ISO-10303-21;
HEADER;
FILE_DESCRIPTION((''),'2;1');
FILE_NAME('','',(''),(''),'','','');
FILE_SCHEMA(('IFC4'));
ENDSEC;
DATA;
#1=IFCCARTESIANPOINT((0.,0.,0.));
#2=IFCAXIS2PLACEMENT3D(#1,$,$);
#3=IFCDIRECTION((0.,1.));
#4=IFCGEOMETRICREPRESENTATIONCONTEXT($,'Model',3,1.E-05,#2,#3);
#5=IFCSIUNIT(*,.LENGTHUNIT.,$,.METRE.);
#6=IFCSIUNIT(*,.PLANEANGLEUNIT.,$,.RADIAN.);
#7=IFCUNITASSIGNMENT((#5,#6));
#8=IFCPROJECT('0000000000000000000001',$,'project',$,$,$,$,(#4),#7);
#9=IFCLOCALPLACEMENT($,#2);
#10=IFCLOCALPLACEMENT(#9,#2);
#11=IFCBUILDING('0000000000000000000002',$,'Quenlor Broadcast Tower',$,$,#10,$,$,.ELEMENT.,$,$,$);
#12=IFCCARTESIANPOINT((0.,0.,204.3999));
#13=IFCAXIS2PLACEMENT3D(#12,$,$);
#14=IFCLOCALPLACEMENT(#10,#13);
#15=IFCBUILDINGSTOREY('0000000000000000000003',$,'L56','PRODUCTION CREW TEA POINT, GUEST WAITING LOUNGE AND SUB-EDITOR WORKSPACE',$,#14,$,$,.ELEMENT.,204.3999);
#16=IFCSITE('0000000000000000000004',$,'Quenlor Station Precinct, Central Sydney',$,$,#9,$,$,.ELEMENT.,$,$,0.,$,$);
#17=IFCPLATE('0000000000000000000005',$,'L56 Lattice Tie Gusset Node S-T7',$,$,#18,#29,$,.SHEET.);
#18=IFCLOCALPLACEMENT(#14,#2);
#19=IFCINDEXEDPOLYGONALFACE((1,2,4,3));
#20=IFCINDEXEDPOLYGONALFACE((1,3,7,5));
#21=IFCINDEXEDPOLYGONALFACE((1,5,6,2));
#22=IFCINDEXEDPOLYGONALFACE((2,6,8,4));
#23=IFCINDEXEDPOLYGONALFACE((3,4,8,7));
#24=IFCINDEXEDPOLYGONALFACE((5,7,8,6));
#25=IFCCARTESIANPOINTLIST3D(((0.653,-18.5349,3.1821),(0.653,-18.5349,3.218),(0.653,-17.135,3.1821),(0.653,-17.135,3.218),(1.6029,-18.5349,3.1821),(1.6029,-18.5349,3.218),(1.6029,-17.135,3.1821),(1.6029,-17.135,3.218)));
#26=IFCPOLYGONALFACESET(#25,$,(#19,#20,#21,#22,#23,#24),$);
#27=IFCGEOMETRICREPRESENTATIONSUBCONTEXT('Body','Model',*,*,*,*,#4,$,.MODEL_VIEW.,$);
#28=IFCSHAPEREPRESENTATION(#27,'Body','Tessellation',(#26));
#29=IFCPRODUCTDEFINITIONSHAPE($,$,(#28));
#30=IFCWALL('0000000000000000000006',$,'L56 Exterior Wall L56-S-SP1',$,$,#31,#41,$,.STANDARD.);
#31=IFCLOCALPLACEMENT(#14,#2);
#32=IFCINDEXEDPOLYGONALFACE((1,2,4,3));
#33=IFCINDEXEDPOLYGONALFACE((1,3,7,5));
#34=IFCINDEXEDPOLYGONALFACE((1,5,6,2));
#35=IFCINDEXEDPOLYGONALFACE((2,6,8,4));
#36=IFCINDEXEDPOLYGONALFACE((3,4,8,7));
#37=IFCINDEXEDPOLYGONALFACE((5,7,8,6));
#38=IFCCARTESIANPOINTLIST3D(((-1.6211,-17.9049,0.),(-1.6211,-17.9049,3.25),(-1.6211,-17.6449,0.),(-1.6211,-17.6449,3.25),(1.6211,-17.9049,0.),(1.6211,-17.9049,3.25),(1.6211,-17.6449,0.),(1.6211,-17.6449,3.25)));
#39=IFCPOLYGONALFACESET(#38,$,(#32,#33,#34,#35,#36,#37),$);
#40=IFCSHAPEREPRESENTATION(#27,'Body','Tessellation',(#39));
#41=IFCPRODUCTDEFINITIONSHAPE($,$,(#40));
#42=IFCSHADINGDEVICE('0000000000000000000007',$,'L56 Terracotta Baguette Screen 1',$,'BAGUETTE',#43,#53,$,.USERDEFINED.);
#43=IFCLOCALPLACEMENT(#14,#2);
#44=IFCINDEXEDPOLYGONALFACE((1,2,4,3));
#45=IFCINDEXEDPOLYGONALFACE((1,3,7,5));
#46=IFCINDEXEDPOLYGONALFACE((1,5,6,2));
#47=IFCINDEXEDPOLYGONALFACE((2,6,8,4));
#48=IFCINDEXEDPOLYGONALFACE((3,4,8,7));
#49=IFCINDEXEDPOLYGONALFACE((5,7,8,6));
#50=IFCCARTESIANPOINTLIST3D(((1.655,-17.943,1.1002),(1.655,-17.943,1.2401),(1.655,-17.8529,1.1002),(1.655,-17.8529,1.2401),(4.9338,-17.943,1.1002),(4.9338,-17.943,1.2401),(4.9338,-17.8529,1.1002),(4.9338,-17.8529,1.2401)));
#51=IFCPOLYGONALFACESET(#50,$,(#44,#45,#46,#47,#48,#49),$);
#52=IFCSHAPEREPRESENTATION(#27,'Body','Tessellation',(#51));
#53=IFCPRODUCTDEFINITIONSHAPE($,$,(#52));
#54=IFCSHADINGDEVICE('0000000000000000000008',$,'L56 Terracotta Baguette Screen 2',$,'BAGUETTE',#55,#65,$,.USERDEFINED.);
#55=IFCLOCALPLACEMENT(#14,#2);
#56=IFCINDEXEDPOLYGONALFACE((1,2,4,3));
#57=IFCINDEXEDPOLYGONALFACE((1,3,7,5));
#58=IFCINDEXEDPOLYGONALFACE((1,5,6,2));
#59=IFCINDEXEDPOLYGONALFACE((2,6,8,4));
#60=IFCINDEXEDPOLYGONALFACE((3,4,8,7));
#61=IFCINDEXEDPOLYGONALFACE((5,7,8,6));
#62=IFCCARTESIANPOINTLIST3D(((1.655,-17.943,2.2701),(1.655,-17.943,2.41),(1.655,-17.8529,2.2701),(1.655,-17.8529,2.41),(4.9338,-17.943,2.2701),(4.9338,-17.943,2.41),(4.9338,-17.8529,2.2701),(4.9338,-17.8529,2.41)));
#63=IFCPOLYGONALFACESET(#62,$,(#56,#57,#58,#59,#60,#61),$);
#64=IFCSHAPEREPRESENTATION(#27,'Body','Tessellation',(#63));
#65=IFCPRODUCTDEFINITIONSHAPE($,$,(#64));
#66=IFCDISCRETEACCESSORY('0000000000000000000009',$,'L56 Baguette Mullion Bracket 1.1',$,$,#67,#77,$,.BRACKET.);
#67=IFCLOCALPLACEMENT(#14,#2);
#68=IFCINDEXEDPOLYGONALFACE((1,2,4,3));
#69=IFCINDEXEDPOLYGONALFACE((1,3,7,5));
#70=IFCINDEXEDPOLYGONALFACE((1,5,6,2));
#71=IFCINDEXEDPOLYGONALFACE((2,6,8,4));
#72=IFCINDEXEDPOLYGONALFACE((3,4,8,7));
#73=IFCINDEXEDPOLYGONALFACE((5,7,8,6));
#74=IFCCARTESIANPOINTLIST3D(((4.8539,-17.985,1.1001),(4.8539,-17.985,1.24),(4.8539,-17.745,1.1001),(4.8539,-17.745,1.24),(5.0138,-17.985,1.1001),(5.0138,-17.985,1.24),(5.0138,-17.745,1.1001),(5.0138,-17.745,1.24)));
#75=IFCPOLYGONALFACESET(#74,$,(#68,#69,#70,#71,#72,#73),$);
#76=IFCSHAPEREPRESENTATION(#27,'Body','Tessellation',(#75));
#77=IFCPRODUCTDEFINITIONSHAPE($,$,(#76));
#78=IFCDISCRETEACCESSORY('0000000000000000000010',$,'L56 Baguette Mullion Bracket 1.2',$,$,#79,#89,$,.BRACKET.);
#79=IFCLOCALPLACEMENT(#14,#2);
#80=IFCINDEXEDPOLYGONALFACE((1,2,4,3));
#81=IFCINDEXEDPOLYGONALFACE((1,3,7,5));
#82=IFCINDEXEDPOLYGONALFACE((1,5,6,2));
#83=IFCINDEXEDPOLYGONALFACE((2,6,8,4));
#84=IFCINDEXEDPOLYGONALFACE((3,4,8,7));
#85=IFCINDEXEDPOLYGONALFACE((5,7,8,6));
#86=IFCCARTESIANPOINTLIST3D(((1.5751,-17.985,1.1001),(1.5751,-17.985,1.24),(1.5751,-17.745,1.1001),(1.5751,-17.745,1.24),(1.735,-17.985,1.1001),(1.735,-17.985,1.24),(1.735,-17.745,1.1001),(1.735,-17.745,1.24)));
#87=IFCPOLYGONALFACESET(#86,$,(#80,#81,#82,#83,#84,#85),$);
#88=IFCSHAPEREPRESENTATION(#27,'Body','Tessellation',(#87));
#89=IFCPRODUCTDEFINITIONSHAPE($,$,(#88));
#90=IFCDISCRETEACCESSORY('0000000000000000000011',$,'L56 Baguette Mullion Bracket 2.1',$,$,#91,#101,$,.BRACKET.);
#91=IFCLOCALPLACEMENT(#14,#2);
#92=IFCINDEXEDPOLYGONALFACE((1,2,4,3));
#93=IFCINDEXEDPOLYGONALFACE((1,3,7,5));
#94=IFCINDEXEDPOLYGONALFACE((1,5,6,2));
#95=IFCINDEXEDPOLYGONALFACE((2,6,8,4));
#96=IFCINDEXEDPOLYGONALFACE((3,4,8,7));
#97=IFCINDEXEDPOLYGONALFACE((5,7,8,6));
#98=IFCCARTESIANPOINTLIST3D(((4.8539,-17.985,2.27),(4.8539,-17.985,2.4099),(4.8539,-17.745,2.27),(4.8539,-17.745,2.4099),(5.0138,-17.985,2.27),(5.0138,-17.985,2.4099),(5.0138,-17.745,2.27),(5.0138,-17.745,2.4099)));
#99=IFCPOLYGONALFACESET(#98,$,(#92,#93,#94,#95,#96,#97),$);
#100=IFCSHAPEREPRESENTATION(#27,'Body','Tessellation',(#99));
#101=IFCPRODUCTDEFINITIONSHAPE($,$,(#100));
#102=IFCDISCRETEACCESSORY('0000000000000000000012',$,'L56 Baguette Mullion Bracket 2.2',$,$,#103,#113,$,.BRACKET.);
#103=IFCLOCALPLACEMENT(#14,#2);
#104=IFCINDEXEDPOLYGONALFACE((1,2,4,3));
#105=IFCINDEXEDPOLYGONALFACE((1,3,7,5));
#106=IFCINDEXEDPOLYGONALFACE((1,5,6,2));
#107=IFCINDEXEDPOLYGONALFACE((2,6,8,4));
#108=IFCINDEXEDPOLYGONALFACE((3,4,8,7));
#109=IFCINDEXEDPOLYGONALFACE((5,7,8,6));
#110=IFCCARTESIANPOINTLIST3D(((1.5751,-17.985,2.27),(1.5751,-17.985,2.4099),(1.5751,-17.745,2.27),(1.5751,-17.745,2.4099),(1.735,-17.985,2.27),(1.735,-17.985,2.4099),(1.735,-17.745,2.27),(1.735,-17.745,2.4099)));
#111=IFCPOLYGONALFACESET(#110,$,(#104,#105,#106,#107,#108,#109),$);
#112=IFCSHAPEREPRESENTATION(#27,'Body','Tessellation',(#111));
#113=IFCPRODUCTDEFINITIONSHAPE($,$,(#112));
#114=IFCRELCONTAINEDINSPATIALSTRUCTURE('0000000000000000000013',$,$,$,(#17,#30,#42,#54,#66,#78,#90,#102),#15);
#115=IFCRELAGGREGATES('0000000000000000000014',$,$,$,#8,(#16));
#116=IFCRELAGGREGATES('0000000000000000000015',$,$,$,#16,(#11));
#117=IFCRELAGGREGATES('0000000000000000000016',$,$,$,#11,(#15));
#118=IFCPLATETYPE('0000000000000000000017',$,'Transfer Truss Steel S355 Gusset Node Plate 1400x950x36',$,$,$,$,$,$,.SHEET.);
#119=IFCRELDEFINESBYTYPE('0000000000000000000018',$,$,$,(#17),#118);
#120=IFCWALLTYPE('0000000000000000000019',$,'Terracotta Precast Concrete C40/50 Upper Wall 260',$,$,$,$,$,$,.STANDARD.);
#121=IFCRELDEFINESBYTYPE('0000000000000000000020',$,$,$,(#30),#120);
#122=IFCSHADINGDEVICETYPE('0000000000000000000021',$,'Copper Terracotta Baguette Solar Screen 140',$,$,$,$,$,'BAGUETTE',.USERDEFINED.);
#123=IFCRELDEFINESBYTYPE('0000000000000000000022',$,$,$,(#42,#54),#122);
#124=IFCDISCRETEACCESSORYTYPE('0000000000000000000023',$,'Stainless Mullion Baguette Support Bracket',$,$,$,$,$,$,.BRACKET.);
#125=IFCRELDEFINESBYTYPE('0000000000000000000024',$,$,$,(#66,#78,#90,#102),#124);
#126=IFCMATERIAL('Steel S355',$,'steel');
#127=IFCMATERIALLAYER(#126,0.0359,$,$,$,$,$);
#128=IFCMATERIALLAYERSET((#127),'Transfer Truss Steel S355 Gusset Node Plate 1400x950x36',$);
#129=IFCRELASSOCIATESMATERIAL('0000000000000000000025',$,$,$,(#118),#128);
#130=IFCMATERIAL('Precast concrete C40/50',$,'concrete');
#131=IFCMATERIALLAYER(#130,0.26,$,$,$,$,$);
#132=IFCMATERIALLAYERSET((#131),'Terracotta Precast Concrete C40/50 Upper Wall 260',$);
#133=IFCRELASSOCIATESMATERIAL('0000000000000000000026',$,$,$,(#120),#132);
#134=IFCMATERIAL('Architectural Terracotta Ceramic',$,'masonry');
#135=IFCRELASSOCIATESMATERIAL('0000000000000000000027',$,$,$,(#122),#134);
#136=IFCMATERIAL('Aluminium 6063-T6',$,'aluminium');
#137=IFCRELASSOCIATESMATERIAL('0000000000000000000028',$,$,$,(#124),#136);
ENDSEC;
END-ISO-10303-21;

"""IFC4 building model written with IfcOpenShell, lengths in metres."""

from ifc_helpers import new_model, si_unit, direction, frame, frame_2d, origin, origin_2d, place, context, subcontext, project, spatial, rectangle, extrude, material, layer, layer_set, material_profile, profile_set, type_object, element, save


model = new_model("IFC4")

# Units and contexts
model_context = context("Model", 3, precision=1e-05, world=origin(), true_north=direction((0.0, 1.0)))
body_context = subcontext(model_context, "Body", "Model", "MODEL_VIEW")
ifc_project = project(units=[si_unit("LENGTHUNIT", "METRE"), si_unit("PLANEANGLEUNIT", "RADIAN")], contexts=[model_context])

# Site, building, storey
site_placement = place(None, origin())
site = spatial("IfcSite", under=ifc_project, at=site_placement, Name="Quenlor Station Precinct, Central Sydney", CompositionType="ELEMENT", RefElevation=0.0)
building_placement = place(site_placement, origin())
building = spatial("IfcBuilding", under=site, at=building_placement, Name="Quenlor Broadcast Tower", CompositionType="ELEMENT")
storey_placement = place(building_placement, frame((0.0, 0.0, 204.3999)))
storey = spatial("IfcBuildingStorey", under=building, at=storey_placement, Name="L56", Description="PRODUCTION CREW TEA POINT, GUEST WAITING LOUNGE AND SUB-EDITOR WORKSPACE", CompositionType="ELEMENT", Elevation=204.3999)

# Plate
ifc_material_1 = material(Name="Steel S355", Category="steel")
ifc_layer_1 = layer(ifc_material_1, 0.0359)
ifc_layer_set_1 = layer_set([ifc_layer_1], Name="Transfer Truss Steel S355 Gusset Node Plate 1400x950x36")
plate_type_1 = type_object("IfcPlateType", Name="Transfer Truss Steel S355 Gusset Node Plate 1400x950x36", PredefinedType="SHEET", material=ifc_layer_set_1)
for number, where, z_axis, x_axis, name in (
    (1, (1.1279, -17.835, 3.1821), (0.0, 0.0, 1.0), (0.0, -1.0, 0.0), "L56 Lattice Tie Gusset Node S-T7"),
):
    element("IfcPlate", number, at=place(storey_placement, frame(where, z_axis=z_axis, x_axis=x_axis)), inside=storey, type_object=plate_type_1, Name=name, PredefinedType="SHEET", context=body_context, shape_type="SweptSolid", body=[
        extrude(rectangle(XDim=1.3999, YDim=0.95, at=origin_2d()), origin(), (0.0, 0.0, 1.0), 0.0359),
    ])

# Wall
ifc_material_2 = material(Name="Precast concrete C40/50", Category="concrete")
ifc_layer_2 = layer(ifc_material_2, 0.26)
ifc_layer_set_2 = layer_set([ifc_layer_2], Name="Terracotta Precast Concrete C40/50 Upper Wall 260")
wall_type = type_object("IfcWallType", Name="Terracotta Precast Concrete C40/50 Upper Wall 260", PredefinedType="STANDARD", material=ifc_layer_set_2)
wall_placement = place(storey_placement, frame((1.6211, -17.7749, 0.0), z_axis=(0.0, 0.0, 1.0), x_axis=(-1.0, 0.0, 0.0)))
element("IfcWall", 2, at=wall_placement, inside=storey, type_object=wall_type, Name="L56 Exterior Wall L56-S-SP1", PredefinedType="STANDARD", context=body_context, shape_type="SweptSolid", body=[
    extrude(rectangle(XDim=3.2422, YDim=0.26, at=frame_2d((1.6211, 0.0))), origin(), (0.0, 0.0, 1.0), 3.25),
])

# Shading devices
ifc_material_3 = material(Name="Architectural Terracotta Ceramic", Category="masonry")
ifc_material_profile_1 = material_profile(ifc_material_3, rectangle(XDim=0.0901, YDim=0.1399, at=origin_2d()))
ifc_profile_set_1 = profile_set([ifc_material_profile_1], Name="Architectural Terracotta Ceramic BAG90x140")
shading_device_type = type_object("IfcShadingDeviceType", Name="Copper Terracotta Baguette Solar Screen 140", ElementType="BAGUETTE", PredefinedType="USERDEFINED", material=ifc_profile_set_1)
for number, where, z_axis, x_axis, name in (
    (3, (4.9338, -17.8979, 1.1702), (-1.0, 0.0, 0.0), (0.0, -1.0, 0.0), "L56 Terracotta Baguette Screen 1"),
    (4, (4.9338, -17.8979, 2.3401), (-1.0, 0.0, 0.0), (0.0, -1.0, 0.0), "L56 Terracotta Baguette Screen 2"),
):
    element("IfcShadingDevice", number, at=place(storey_placement, frame(where, z_axis=z_axis, x_axis=x_axis)), inside=storey, type_object=shading_device_type, Name=name, ObjectType="BAGUETTE", PredefinedType="USERDEFINED", context=body_context, shape_type="SweptSolid", body=[
        extrude(rectangle(XDim=0.0901, YDim=0.1399, at=origin_2d()), origin(), (0.0, 0.0, 1.0), 3.2788),
    ])

# Discrete accessories
ifc_material_4 = material(Name="Aluminium 6063-T6", Category="aluminium")
discrete_accessory_type = type_object("IfcDiscreteAccessoryType", Name="Stainless Mullion Baguette Support Bracket", PredefinedType="BRACKET", material=ifc_material_4)
for number, where, z_axis, x_axis, name in (
    (5, (4.9338, -17.865, 1.1001), (0.0, 0.0, 1.0), (-1.0, 0.0, 0.0), "L56 Baguette Mullion Bracket 1.1"),
    (6, (1.655, -17.865, 1.1001), (0.0, 0.0, 1.0), (-1.0, 0.0, 0.0), "L56 Baguette Mullion Bracket 1.2"),
    (7, (4.9338, -17.865, 2.27), (0.0, 0.0, 1.0), (-1.0, 0.0, 0.0), "L56 Baguette Mullion Bracket 2.1"),
    (8, (1.655, -17.865, 2.27), (0.0, 0.0, 1.0), (-1.0, 0.0, 0.0), "L56 Baguette Mullion Bracket 2.2"),
):
    element("IfcDiscreteAccessory", number, at=place(storey_placement, frame(where, z_axis=z_axis, x_axis=x_axis)), inside=storey, type_object=discrete_accessory_type, Name=name, PredefinedType="BRACKET", context=body_context, shape_type="SweptSolid", body=[
        extrude(rectangle(XDim=0.1599, YDim=0.24, at=origin_2d()), origin(), (0.0, 0.0, 1.0), 0.1399),
    ])

save(model, "model.ifc")
